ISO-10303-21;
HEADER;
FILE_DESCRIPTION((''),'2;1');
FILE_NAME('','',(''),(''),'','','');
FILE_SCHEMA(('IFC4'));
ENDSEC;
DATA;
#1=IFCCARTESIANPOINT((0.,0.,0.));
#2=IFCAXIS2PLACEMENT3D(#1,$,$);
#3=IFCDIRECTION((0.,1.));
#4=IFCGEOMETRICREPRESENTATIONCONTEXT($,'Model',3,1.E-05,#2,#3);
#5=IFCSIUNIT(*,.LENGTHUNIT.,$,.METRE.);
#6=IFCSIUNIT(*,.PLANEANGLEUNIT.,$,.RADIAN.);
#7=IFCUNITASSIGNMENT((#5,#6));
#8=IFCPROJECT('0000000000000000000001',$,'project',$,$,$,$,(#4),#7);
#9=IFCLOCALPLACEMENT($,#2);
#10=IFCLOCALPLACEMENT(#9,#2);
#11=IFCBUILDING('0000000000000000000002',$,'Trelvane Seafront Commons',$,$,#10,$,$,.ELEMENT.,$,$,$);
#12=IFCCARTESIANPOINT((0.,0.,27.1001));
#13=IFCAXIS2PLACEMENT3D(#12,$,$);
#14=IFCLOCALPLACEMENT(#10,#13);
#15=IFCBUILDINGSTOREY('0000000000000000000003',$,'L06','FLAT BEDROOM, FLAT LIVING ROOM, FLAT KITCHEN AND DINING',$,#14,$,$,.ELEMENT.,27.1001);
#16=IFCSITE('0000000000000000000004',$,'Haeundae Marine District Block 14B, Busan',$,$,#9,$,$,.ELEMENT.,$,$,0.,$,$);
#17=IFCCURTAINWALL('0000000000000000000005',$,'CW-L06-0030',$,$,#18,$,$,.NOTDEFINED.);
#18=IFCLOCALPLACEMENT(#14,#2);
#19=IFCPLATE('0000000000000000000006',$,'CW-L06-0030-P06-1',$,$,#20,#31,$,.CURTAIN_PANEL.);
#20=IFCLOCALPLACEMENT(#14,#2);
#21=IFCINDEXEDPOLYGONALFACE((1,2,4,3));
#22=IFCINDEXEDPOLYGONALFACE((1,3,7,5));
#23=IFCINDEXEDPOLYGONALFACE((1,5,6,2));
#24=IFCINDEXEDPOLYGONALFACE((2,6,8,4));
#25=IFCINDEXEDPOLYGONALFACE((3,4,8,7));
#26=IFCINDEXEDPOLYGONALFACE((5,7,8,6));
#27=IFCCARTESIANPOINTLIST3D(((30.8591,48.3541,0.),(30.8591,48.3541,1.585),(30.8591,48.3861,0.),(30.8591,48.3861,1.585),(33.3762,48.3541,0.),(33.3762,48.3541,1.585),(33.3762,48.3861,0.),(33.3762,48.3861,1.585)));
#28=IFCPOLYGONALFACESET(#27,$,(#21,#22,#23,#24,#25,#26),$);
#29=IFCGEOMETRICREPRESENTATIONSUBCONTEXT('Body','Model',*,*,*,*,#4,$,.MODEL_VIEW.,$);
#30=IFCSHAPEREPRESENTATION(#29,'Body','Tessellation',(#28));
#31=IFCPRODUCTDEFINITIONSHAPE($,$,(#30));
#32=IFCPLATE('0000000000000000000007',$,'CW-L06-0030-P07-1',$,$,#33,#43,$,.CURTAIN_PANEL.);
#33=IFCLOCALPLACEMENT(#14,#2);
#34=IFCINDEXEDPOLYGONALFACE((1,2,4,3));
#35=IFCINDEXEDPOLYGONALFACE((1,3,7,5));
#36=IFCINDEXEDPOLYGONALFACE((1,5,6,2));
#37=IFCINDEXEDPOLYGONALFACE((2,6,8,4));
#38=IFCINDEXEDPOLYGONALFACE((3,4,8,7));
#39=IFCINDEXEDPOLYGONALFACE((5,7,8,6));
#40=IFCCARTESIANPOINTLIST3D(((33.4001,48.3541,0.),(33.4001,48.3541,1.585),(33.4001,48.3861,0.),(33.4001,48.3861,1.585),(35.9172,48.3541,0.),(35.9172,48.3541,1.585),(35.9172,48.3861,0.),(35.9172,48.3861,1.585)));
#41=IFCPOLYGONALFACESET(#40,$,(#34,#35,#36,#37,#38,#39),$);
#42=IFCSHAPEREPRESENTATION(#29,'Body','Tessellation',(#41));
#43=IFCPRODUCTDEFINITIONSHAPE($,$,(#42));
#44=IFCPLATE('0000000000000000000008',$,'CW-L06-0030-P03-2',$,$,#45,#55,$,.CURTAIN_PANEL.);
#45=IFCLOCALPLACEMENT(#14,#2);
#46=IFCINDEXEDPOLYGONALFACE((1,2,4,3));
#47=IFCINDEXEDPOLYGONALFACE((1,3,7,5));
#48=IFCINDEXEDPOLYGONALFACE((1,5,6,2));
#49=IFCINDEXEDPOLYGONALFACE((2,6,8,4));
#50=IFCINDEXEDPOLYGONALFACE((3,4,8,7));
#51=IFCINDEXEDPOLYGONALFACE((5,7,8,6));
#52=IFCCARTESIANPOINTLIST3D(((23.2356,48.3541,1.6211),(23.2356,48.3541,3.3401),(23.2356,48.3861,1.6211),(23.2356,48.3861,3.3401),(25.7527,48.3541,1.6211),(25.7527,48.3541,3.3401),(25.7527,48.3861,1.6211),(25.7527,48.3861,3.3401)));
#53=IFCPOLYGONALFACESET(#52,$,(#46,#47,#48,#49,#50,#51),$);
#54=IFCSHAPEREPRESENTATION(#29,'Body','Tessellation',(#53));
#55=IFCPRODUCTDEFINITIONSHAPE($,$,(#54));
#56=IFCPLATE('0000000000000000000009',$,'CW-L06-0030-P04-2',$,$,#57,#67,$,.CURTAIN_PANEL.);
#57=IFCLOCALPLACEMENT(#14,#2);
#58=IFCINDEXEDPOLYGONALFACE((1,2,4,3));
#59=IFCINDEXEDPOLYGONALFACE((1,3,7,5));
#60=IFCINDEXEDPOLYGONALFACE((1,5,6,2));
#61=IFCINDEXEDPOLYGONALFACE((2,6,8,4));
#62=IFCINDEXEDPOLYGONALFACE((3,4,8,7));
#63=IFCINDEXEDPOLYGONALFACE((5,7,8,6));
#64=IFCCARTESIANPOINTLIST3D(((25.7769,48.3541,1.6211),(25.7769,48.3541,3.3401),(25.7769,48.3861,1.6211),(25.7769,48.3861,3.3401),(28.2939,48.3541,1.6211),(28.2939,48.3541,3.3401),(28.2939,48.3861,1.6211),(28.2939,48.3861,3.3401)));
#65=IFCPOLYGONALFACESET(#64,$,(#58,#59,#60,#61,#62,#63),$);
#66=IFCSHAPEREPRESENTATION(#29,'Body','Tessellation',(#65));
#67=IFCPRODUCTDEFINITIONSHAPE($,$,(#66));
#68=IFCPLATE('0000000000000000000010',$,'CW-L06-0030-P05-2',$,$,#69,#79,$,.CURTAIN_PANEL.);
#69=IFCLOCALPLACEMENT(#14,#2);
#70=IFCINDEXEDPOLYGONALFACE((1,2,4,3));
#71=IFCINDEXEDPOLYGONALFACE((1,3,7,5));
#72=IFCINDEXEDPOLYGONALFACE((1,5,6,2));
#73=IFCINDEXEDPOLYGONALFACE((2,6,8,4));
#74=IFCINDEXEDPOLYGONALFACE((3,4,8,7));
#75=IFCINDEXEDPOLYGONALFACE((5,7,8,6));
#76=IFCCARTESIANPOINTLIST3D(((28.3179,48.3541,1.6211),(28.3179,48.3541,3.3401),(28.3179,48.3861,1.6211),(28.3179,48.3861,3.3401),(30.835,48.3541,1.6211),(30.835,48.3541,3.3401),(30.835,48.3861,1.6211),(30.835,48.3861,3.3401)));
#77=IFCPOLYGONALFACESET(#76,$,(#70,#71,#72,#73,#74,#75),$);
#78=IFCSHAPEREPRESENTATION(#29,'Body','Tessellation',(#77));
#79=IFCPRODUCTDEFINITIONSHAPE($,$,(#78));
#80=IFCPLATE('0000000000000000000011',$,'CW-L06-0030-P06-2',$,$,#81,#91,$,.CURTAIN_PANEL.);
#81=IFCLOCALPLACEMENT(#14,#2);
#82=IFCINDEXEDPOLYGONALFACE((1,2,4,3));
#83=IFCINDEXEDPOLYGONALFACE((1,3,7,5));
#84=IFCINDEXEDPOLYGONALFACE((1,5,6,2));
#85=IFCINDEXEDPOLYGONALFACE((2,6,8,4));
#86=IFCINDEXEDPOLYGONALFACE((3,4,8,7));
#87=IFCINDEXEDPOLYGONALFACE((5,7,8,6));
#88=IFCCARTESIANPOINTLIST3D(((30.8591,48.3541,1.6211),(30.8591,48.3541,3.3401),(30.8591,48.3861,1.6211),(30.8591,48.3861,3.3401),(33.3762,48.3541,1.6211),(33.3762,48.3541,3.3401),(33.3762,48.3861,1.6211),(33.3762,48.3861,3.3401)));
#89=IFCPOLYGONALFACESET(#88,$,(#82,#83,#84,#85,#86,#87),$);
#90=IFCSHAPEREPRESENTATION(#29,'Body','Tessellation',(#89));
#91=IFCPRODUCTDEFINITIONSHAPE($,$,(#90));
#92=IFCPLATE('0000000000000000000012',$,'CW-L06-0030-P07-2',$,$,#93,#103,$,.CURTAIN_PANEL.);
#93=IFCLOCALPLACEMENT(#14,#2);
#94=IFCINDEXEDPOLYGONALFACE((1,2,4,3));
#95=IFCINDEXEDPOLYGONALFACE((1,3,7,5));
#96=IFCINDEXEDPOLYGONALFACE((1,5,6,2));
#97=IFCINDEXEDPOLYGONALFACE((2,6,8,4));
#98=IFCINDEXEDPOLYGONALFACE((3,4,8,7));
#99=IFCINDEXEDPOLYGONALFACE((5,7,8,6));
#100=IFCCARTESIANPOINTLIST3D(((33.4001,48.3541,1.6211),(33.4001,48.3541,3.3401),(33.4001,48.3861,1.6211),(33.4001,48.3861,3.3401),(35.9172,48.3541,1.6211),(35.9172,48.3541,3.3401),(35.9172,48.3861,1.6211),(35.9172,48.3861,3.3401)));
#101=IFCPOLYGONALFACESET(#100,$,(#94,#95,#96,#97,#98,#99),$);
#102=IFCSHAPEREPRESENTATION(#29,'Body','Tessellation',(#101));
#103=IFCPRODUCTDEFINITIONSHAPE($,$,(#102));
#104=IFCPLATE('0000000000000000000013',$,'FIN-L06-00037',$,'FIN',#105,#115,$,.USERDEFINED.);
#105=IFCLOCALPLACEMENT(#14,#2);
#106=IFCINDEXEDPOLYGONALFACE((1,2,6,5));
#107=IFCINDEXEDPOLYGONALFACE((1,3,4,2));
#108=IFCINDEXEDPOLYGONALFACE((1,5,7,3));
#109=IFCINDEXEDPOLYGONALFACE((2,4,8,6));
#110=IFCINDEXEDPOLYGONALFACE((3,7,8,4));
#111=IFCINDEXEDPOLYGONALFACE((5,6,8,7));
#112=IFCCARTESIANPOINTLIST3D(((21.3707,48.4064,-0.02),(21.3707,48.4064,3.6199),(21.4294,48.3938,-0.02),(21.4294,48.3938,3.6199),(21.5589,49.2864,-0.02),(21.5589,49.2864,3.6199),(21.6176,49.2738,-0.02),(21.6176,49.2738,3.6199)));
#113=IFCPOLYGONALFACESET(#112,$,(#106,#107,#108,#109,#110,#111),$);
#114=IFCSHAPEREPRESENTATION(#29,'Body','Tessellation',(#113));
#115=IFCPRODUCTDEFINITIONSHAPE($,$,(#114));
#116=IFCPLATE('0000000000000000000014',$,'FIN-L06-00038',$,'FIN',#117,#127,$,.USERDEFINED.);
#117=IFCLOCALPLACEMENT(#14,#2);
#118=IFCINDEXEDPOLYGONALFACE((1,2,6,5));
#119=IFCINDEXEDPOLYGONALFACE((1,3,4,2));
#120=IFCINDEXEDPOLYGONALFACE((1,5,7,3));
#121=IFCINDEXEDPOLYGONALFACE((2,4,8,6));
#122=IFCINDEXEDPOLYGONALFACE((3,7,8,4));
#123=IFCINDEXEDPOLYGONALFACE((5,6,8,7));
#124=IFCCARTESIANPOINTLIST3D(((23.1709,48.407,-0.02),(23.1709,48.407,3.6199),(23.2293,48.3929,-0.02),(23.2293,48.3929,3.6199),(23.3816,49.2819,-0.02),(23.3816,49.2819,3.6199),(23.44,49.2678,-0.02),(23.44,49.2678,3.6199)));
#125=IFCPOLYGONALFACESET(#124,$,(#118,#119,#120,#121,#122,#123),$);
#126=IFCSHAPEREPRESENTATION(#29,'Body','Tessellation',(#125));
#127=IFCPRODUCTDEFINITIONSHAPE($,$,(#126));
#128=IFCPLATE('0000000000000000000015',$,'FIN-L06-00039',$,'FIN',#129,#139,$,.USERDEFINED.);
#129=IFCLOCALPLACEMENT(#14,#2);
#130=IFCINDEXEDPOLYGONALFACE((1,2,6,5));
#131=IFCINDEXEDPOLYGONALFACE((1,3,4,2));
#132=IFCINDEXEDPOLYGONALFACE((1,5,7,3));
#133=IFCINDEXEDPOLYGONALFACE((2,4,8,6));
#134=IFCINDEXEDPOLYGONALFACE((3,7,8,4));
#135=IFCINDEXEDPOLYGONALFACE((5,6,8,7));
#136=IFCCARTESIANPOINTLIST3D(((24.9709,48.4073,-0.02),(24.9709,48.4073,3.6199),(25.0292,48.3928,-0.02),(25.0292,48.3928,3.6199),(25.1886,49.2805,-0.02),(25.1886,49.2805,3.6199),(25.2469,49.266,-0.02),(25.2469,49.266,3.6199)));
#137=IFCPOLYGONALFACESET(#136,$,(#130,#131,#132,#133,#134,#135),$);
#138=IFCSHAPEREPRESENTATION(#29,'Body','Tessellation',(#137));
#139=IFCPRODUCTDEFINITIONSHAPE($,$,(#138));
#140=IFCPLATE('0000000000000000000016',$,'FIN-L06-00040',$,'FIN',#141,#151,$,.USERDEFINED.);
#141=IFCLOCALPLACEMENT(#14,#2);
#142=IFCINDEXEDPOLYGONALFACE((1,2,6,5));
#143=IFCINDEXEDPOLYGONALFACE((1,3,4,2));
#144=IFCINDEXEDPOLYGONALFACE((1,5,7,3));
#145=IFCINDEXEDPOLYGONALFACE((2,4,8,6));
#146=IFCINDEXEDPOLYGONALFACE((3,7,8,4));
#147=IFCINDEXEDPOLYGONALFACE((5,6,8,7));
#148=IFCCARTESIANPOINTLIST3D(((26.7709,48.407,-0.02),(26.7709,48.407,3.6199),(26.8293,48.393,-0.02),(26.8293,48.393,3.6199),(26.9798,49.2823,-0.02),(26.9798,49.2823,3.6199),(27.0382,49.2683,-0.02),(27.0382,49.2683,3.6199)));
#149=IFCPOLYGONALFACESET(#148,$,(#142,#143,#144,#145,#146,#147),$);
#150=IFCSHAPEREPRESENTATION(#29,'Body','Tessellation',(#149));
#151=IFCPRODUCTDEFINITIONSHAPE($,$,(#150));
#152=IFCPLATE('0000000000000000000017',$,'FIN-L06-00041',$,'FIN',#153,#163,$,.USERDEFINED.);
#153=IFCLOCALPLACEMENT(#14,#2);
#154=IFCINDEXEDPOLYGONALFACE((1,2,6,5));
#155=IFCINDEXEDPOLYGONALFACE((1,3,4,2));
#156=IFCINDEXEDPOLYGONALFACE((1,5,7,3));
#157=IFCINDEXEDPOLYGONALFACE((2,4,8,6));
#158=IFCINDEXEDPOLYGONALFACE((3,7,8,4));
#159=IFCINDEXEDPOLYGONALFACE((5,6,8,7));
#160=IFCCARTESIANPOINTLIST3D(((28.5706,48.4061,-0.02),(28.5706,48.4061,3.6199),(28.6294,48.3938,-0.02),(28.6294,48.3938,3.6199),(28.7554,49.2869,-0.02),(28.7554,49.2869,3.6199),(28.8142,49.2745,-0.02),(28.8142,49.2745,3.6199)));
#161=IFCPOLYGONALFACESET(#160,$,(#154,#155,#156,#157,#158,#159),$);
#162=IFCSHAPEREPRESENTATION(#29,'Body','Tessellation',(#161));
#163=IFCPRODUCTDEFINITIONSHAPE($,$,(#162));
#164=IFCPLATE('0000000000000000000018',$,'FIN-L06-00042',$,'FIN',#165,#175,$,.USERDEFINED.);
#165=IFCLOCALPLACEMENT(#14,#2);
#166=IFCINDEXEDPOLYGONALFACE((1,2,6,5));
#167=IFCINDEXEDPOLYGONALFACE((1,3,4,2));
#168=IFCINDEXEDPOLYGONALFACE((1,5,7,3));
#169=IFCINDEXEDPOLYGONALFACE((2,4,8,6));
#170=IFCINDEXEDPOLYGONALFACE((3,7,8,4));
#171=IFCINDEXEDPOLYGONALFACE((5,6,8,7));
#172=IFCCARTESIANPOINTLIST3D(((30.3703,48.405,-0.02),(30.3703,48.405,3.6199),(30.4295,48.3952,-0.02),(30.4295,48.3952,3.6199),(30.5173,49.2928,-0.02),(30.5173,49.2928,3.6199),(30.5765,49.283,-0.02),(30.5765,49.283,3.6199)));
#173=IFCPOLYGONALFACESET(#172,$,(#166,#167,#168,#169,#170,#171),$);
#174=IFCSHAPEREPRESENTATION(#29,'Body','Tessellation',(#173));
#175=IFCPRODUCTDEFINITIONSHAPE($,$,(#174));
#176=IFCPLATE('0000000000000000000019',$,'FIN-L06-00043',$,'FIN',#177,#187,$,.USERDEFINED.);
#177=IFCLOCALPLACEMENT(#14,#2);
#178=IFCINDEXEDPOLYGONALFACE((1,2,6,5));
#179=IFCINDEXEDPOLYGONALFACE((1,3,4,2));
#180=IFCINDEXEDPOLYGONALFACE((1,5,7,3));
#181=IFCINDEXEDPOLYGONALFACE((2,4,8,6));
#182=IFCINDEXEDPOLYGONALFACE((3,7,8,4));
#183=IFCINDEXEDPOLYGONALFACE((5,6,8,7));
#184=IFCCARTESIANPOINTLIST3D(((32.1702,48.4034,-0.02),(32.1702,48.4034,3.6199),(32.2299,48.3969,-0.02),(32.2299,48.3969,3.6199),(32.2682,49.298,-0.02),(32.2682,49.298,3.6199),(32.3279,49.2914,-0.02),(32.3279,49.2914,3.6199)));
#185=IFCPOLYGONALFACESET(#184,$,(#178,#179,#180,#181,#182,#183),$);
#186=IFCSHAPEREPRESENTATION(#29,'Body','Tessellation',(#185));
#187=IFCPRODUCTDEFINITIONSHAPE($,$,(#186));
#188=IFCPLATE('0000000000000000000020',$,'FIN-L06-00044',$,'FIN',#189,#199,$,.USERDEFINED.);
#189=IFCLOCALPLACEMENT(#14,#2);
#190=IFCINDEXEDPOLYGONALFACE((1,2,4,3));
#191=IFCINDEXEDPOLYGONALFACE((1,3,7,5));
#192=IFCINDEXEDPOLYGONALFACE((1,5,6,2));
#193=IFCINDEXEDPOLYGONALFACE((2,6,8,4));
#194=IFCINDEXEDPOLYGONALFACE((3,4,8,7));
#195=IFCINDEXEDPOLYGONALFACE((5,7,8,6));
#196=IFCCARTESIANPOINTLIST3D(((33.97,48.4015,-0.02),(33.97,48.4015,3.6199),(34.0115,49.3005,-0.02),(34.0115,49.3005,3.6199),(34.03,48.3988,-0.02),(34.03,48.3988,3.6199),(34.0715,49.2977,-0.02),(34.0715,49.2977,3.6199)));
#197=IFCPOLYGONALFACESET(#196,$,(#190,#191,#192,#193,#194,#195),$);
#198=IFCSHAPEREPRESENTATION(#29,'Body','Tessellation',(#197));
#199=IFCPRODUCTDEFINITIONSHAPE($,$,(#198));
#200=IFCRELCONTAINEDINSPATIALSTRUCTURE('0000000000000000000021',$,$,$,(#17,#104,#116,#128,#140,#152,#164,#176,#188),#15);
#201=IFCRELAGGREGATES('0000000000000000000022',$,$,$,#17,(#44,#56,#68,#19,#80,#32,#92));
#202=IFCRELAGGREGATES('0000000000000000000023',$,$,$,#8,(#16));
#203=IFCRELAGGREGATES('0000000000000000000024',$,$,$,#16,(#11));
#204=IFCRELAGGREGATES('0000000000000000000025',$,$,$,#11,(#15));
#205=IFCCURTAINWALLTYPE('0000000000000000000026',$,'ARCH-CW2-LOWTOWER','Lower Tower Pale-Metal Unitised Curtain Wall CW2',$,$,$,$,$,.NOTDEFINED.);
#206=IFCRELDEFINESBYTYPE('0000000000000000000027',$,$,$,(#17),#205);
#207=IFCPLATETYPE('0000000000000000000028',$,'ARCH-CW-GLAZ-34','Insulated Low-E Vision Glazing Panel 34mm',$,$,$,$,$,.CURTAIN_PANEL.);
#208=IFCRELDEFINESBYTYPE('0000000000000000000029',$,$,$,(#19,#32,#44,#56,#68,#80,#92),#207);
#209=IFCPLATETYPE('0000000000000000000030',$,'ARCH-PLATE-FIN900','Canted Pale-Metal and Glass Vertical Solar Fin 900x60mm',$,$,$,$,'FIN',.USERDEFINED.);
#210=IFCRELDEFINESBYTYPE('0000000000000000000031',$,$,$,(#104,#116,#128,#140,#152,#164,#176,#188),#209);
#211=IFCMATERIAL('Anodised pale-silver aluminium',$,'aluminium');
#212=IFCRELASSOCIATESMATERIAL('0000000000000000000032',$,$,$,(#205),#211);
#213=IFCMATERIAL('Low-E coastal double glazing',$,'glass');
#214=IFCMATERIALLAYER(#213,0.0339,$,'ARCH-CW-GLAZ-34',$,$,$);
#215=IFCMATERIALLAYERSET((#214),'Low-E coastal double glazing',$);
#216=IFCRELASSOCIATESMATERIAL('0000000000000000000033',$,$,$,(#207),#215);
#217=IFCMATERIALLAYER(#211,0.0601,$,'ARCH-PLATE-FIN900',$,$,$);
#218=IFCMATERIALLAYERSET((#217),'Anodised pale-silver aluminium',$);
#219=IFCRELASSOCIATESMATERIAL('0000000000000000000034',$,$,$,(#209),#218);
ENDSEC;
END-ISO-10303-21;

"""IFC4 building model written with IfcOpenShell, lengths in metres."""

from ifc_helpers import new_model, si_unit, direction, frame, origin, origin_2d, place, context, subcontext, project, spatial, rectangle, extrude, source, transform, mapped, material, layer, layer_set, type_object, element, aggregate, save


model = new_model("IFC4")

# Units and contexts
model_context = context("Model", 3, precision=1e-05, world=origin(), true_north=direction((0.0, 1.0)))
body_context = subcontext(model_context, "Body", "Model", "MODEL_VIEW")
ifc_project = project(units=[si_unit("LENGTHUNIT", "METRE"), si_unit("PLANEANGLEUNIT", "RADIAN")], contexts=[model_context])

# Site, building, storey
site_placement = place(None, origin())
site = spatial("IfcSite", under=ifc_project, at=site_placement, Name="Haeundae Marine District Block 14B, Busan", CompositionType="ELEMENT", RefElevation=0.0)
building_placement = place(site_placement, origin())
building = spatial("IfcBuilding", under=site, at=building_placement, Name="Trelvane Seafront Commons", CompositionType="ELEMENT")
storey_placement = place(building_placement, frame((0.0, 0.0, 27.1001)))
storey = spatial("IfcBuildingStorey", under=building, at=storey_placement, Name="L06", Description="FLAT BEDROOM, FLAT LIVING ROOM, FLAT KITCHEN AND DINING", CompositionType="ELEMENT", Elevation=27.1001)

# Curtain wall, plates
ifc_material_1 = material(Name="Anodised pale-silver aluminium", Category="aluminium")
curtain_wall_type = type_object("IfcCurtainWallType", Name="ARCH-CW2-LOWTOWER", Description="Lower Tower Pale-Metal Unitised Curtain Wall CW2", PredefinedType="NOTDEFINED", material=ifc_material_1)
curtain_wall_placement = place(storey_placement, origin())
curtain_wall = element("IfcCurtainWall", 1, at=curtain_wall_placement, inside=storey, type_object=curtain_wall_type, Name="CW-L06-0030", PredefinedType="NOTDEFINED")
ifc_material_2 = material(Name="Low-E coastal double glazing", Category="glass")
ifc_layer_1 = layer(ifc_material_2, 0.0339, Name="ARCH-CW-GLAZ-34")
ifc_layer_set_1 = layer_set([ifc_layer_1], Name="Low-E coastal double glazing")
plate_type_1 = type_object("IfcPlateType", Name="ARCH-CW-GLAZ-34", Description="Insulated Low-E Vision Glazing Panel 34mm", PredefinedType="CURTAIN_PANEL", material=ifc_layer_set_1)
shared_shape_1 = source(origin(), body_context, "Body", "SweptSolid", [
    extrude(rectangle(XDim=2.5171, YDim=0.032, at=origin_2d()), origin(), (0.0, 0.0, 1.0), 1.585),
])
plate_1_placement = place(storey_placement, frame((32.1177, 48.3701, 0.0), z_axis=(0.0, 0.0, 1.0), x_axis=(1.0, 0.0, 0.0)))
plate_1 = element("IfcPlate", 2, at=plate_1_placement, type_object=plate_type_1, Name="CW-L06-0030-P06-1", PredefinedType="CURTAIN_PANEL", context=body_context, shape_type="MappedRepresentation", body=[
    mapped(shared_shape_1, transform((0.0, 0.0, 0.0), x_axis=(1.0, 0.0, 0.0), y_axis=(0.0, 1.0, 0.0), z_axis=(0.0, 0.0, 1.0), scale=1.0)),
])
plate_2_placement = place(storey_placement, frame((34.6587, 48.3701, 0.0), z_axis=(0.0, 0.0, 1.0), x_axis=(1.0, 0.0, 0.0)))
plate_2 = element("IfcPlate", 3, at=plate_2_placement, type_object=plate_type_1, Name="CW-L06-0030-P07-1", PredefinedType="CURTAIN_PANEL", context=body_context, shape_type="MappedRepresentation", body=[
    mapped(shared_shape_1, transform((0.0, 0.0, 0.0), x_axis=(1.0, 0.0, 0.0), y_axis=(0.0, 1.0, 0.0), z_axis=(0.0, 0.0, 1.0), scale=1.0)),
])
shared_shape_2 = source(origin(), body_context, "Body", "SweptSolid", [
    extrude(rectangle(XDim=2.5171, YDim=0.032, at=origin_2d()), origin(), (0.0, 0.0, 1.0), 1.719),
])
plate_3_placement = place(storey_placement, frame((24.4941, 48.3701, 1.6211), z_axis=(0.0, 0.0, 1.0), x_axis=(1.0, 0.0, 0.0)))
plate_3 = element("IfcPlate", 4, at=plate_3_placement, type_object=plate_type_1, Name="CW-L06-0030-P03-2", PredefinedType="CURTAIN_PANEL", context=body_context, shape_type="MappedRepresentation", body=[
    mapped(shared_shape_2, transform((0.0, 0.0, 0.0), x_axis=(1.0, 0.0, 0.0), y_axis=(0.0, 1.0, 0.0), z_axis=(0.0, 0.0, 1.0), scale=1.0)),
])
plate_4_placement = place(storey_placement, frame((27.0354, 48.3701, 1.6211), z_axis=(0.0, 0.0, 1.0), x_axis=(1.0, 0.0, 0.0)))
plate_4 = element("IfcPlate", 5, at=plate_4_placement, type_object=plate_type_1, Name="CW-L06-0030-P04-2", PredefinedType="CURTAIN_PANEL", context=body_context, shape_type="MappedRepresentation", body=[
    mapped(shared_shape_2, transform((0.0, 0.0, 0.0), x_axis=(1.0, 0.0, 0.0), y_axis=(0.0, 1.0, 0.0), z_axis=(0.0, 0.0, 1.0), scale=1.0)),
])
plate_5_placement = place(storey_placement, frame((29.5764, 48.3701, 1.6211), z_axis=(0.0, 0.0, 1.0), x_axis=(1.0, 0.0, 0.0)))
plate_5 = element("IfcPlate", 6, at=plate_5_placement, type_object=plate_type_1, Name="CW-L06-0030-P05-2", PredefinedType="CURTAIN_PANEL", context=body_context, shape_type="MappedRepresentation", body=[
    mapped(shared_shape_2, transform((0.0, 0.0, 0.0), x_axis=(1.0, 0.0, 0.0), y_axis=(0.0, 1.0, 0.0), z_axis=(0.0, 0.0, 1.0), scale=1.0)),
])
plate_6_placement = place(storey_placement, frame((32.1177, 48.3701, 1.6211), z_axis=(0.0, 0.0, 1.0), x_axis=(1.0, 0.0, 0.0)))
plate_6 = element("IfcPlate", 7, at=plate_6_placement, type_object=plate_type_1, Name="CW-L06-0030-P06-2", PredefinedType="CURTAIN_PANEL", context=body_context, shape_type="MappedRepresentation", body=[
    mapped(shared_shape_2, transform((0.0, 0.0, 0.0), x_axis=(1.0, 0.0, 0.0), y_axis=(0.0, 1.0, 0.0), z_axis=(0.0, 0.0, 1.0), scale=1.0)),
])
plate_7_placement = place(storey_placement, frame((34.6587, 48.3701, 1.6211), z_axis=(0.0, 0.0, 1.0), x_axis=(1.0, 0.0, 0.0)))
plate_7 = element("IfcPlate", 8, at=plate_7_placement, type_object=plate_type_1, Name="CW-L06-0030-P07-2", PredefinedType="CURTAIN_PANEL", context=body_context, shape_type="MappedRepresentation", body=[
    mapped(shared_shape_2, transform((0.0, 0.0, 0.0), x_axis=(1.0, 0.0, 0.0), y_axis=(0.0, 1.0, 0.0), z_axis=(0.0, 0.0, 1.0), scale=1.0)),
])
aggregate(curtain_wall, [plate_3, plate_4, plate_5, plate_1, plate_6, plate_2, plate_7])

# Plates
ifc_layer_2 = layer(ifc_material_1, 0.0601, Name="ARCH-PLATE-FIN900")
ifc_layer_set_2 = layer_set([ifc_layer_2], Name="Anodised pale-silver aluminium")
plate_type_2 = type_object("IfcPlateType", Name="ARCH-PLATE-FIN900", Description="Canted Pale-Metal and Glass Vertical Solar Fin 900x60mm", ElementType="FIN", PredefinedType="USERDEFINED", material=ifc_layer_set_2)
shared_shape_3 = source(origin(), body_context, "Body", "SweptSolid", [
    extrude(rectangle(XDim=0.8999, YDim=0.0601, at=origin_2d()), origin(), (0.0, 0.0, 1.0), 3.6399),
])
for number, where, z_axis, x_axis, name in (
    (9, (21.4941, 48.8401, -0.02), (0.0, 0.0, 1.0), (0.209112, 0.977892, 0.0), "FIN-L06-00037"),
    (10, (23.3054, 48.8374, -0.02), (0.0, 0.0, 1.0), (0.234109, 0.97221, 0.0), "FIN-L06-00038"),
    (11, (25.1089, 48.8367, -0.02), (0.0, 0.0, 1.0), (0.241881, 0.970306, 0.0), "FIN-L06-00039"),
    (12, (26.9045, 48.8376, -0.02), (0.0, 0.0, 1.0), (0.232116, 0.972688, 0.0), "FIN-L06-00040"),
    (13, (28.6924, 48.8403, -0.02), (0.0, 0.0, 1.0), (0.205338, 0.978691, 0.0), "FIN-L06-00041"),
    (14, (30.4734, 48.844, -0.02), (0.0, 0.0, 1.0), (0.163336, 0.98657, 0.0), "FIN-L06-00042"),
    (15, (32.249, 48.8474, -0.02), (0.0, 0.0, 1.0), (0.108895, 0.994053, 0.0), "FIN-L06-00043"),
    (16, (34.0208, 48.8496, -0.02), (0.0, 0.0, 1.0), (0.046113, 0.998936, 0.0), "FIN-L06-00044"),
):
    element("IfcPlate", number, at=place(storey_placement, frame(where, z_axis=z_axis, x_axis=x_axis)), inside=storey, type_object=plate_type_2, Name=name, ObjectType="FIN", PredefinedType="USERDEFINED", context=body_context, shape_type="MappedRepresentation", body=[
        mapped(shared_shape_3, transform((0.0, 0.0, 0.0), x_axis=(1.0, 0.0, 0.0), y_axis=(0.0, 1.0, 0.0), z_axis=(0.0, 0.0, 1.0), scale=1.0)),
    ])

save(model, "model.ifc")
